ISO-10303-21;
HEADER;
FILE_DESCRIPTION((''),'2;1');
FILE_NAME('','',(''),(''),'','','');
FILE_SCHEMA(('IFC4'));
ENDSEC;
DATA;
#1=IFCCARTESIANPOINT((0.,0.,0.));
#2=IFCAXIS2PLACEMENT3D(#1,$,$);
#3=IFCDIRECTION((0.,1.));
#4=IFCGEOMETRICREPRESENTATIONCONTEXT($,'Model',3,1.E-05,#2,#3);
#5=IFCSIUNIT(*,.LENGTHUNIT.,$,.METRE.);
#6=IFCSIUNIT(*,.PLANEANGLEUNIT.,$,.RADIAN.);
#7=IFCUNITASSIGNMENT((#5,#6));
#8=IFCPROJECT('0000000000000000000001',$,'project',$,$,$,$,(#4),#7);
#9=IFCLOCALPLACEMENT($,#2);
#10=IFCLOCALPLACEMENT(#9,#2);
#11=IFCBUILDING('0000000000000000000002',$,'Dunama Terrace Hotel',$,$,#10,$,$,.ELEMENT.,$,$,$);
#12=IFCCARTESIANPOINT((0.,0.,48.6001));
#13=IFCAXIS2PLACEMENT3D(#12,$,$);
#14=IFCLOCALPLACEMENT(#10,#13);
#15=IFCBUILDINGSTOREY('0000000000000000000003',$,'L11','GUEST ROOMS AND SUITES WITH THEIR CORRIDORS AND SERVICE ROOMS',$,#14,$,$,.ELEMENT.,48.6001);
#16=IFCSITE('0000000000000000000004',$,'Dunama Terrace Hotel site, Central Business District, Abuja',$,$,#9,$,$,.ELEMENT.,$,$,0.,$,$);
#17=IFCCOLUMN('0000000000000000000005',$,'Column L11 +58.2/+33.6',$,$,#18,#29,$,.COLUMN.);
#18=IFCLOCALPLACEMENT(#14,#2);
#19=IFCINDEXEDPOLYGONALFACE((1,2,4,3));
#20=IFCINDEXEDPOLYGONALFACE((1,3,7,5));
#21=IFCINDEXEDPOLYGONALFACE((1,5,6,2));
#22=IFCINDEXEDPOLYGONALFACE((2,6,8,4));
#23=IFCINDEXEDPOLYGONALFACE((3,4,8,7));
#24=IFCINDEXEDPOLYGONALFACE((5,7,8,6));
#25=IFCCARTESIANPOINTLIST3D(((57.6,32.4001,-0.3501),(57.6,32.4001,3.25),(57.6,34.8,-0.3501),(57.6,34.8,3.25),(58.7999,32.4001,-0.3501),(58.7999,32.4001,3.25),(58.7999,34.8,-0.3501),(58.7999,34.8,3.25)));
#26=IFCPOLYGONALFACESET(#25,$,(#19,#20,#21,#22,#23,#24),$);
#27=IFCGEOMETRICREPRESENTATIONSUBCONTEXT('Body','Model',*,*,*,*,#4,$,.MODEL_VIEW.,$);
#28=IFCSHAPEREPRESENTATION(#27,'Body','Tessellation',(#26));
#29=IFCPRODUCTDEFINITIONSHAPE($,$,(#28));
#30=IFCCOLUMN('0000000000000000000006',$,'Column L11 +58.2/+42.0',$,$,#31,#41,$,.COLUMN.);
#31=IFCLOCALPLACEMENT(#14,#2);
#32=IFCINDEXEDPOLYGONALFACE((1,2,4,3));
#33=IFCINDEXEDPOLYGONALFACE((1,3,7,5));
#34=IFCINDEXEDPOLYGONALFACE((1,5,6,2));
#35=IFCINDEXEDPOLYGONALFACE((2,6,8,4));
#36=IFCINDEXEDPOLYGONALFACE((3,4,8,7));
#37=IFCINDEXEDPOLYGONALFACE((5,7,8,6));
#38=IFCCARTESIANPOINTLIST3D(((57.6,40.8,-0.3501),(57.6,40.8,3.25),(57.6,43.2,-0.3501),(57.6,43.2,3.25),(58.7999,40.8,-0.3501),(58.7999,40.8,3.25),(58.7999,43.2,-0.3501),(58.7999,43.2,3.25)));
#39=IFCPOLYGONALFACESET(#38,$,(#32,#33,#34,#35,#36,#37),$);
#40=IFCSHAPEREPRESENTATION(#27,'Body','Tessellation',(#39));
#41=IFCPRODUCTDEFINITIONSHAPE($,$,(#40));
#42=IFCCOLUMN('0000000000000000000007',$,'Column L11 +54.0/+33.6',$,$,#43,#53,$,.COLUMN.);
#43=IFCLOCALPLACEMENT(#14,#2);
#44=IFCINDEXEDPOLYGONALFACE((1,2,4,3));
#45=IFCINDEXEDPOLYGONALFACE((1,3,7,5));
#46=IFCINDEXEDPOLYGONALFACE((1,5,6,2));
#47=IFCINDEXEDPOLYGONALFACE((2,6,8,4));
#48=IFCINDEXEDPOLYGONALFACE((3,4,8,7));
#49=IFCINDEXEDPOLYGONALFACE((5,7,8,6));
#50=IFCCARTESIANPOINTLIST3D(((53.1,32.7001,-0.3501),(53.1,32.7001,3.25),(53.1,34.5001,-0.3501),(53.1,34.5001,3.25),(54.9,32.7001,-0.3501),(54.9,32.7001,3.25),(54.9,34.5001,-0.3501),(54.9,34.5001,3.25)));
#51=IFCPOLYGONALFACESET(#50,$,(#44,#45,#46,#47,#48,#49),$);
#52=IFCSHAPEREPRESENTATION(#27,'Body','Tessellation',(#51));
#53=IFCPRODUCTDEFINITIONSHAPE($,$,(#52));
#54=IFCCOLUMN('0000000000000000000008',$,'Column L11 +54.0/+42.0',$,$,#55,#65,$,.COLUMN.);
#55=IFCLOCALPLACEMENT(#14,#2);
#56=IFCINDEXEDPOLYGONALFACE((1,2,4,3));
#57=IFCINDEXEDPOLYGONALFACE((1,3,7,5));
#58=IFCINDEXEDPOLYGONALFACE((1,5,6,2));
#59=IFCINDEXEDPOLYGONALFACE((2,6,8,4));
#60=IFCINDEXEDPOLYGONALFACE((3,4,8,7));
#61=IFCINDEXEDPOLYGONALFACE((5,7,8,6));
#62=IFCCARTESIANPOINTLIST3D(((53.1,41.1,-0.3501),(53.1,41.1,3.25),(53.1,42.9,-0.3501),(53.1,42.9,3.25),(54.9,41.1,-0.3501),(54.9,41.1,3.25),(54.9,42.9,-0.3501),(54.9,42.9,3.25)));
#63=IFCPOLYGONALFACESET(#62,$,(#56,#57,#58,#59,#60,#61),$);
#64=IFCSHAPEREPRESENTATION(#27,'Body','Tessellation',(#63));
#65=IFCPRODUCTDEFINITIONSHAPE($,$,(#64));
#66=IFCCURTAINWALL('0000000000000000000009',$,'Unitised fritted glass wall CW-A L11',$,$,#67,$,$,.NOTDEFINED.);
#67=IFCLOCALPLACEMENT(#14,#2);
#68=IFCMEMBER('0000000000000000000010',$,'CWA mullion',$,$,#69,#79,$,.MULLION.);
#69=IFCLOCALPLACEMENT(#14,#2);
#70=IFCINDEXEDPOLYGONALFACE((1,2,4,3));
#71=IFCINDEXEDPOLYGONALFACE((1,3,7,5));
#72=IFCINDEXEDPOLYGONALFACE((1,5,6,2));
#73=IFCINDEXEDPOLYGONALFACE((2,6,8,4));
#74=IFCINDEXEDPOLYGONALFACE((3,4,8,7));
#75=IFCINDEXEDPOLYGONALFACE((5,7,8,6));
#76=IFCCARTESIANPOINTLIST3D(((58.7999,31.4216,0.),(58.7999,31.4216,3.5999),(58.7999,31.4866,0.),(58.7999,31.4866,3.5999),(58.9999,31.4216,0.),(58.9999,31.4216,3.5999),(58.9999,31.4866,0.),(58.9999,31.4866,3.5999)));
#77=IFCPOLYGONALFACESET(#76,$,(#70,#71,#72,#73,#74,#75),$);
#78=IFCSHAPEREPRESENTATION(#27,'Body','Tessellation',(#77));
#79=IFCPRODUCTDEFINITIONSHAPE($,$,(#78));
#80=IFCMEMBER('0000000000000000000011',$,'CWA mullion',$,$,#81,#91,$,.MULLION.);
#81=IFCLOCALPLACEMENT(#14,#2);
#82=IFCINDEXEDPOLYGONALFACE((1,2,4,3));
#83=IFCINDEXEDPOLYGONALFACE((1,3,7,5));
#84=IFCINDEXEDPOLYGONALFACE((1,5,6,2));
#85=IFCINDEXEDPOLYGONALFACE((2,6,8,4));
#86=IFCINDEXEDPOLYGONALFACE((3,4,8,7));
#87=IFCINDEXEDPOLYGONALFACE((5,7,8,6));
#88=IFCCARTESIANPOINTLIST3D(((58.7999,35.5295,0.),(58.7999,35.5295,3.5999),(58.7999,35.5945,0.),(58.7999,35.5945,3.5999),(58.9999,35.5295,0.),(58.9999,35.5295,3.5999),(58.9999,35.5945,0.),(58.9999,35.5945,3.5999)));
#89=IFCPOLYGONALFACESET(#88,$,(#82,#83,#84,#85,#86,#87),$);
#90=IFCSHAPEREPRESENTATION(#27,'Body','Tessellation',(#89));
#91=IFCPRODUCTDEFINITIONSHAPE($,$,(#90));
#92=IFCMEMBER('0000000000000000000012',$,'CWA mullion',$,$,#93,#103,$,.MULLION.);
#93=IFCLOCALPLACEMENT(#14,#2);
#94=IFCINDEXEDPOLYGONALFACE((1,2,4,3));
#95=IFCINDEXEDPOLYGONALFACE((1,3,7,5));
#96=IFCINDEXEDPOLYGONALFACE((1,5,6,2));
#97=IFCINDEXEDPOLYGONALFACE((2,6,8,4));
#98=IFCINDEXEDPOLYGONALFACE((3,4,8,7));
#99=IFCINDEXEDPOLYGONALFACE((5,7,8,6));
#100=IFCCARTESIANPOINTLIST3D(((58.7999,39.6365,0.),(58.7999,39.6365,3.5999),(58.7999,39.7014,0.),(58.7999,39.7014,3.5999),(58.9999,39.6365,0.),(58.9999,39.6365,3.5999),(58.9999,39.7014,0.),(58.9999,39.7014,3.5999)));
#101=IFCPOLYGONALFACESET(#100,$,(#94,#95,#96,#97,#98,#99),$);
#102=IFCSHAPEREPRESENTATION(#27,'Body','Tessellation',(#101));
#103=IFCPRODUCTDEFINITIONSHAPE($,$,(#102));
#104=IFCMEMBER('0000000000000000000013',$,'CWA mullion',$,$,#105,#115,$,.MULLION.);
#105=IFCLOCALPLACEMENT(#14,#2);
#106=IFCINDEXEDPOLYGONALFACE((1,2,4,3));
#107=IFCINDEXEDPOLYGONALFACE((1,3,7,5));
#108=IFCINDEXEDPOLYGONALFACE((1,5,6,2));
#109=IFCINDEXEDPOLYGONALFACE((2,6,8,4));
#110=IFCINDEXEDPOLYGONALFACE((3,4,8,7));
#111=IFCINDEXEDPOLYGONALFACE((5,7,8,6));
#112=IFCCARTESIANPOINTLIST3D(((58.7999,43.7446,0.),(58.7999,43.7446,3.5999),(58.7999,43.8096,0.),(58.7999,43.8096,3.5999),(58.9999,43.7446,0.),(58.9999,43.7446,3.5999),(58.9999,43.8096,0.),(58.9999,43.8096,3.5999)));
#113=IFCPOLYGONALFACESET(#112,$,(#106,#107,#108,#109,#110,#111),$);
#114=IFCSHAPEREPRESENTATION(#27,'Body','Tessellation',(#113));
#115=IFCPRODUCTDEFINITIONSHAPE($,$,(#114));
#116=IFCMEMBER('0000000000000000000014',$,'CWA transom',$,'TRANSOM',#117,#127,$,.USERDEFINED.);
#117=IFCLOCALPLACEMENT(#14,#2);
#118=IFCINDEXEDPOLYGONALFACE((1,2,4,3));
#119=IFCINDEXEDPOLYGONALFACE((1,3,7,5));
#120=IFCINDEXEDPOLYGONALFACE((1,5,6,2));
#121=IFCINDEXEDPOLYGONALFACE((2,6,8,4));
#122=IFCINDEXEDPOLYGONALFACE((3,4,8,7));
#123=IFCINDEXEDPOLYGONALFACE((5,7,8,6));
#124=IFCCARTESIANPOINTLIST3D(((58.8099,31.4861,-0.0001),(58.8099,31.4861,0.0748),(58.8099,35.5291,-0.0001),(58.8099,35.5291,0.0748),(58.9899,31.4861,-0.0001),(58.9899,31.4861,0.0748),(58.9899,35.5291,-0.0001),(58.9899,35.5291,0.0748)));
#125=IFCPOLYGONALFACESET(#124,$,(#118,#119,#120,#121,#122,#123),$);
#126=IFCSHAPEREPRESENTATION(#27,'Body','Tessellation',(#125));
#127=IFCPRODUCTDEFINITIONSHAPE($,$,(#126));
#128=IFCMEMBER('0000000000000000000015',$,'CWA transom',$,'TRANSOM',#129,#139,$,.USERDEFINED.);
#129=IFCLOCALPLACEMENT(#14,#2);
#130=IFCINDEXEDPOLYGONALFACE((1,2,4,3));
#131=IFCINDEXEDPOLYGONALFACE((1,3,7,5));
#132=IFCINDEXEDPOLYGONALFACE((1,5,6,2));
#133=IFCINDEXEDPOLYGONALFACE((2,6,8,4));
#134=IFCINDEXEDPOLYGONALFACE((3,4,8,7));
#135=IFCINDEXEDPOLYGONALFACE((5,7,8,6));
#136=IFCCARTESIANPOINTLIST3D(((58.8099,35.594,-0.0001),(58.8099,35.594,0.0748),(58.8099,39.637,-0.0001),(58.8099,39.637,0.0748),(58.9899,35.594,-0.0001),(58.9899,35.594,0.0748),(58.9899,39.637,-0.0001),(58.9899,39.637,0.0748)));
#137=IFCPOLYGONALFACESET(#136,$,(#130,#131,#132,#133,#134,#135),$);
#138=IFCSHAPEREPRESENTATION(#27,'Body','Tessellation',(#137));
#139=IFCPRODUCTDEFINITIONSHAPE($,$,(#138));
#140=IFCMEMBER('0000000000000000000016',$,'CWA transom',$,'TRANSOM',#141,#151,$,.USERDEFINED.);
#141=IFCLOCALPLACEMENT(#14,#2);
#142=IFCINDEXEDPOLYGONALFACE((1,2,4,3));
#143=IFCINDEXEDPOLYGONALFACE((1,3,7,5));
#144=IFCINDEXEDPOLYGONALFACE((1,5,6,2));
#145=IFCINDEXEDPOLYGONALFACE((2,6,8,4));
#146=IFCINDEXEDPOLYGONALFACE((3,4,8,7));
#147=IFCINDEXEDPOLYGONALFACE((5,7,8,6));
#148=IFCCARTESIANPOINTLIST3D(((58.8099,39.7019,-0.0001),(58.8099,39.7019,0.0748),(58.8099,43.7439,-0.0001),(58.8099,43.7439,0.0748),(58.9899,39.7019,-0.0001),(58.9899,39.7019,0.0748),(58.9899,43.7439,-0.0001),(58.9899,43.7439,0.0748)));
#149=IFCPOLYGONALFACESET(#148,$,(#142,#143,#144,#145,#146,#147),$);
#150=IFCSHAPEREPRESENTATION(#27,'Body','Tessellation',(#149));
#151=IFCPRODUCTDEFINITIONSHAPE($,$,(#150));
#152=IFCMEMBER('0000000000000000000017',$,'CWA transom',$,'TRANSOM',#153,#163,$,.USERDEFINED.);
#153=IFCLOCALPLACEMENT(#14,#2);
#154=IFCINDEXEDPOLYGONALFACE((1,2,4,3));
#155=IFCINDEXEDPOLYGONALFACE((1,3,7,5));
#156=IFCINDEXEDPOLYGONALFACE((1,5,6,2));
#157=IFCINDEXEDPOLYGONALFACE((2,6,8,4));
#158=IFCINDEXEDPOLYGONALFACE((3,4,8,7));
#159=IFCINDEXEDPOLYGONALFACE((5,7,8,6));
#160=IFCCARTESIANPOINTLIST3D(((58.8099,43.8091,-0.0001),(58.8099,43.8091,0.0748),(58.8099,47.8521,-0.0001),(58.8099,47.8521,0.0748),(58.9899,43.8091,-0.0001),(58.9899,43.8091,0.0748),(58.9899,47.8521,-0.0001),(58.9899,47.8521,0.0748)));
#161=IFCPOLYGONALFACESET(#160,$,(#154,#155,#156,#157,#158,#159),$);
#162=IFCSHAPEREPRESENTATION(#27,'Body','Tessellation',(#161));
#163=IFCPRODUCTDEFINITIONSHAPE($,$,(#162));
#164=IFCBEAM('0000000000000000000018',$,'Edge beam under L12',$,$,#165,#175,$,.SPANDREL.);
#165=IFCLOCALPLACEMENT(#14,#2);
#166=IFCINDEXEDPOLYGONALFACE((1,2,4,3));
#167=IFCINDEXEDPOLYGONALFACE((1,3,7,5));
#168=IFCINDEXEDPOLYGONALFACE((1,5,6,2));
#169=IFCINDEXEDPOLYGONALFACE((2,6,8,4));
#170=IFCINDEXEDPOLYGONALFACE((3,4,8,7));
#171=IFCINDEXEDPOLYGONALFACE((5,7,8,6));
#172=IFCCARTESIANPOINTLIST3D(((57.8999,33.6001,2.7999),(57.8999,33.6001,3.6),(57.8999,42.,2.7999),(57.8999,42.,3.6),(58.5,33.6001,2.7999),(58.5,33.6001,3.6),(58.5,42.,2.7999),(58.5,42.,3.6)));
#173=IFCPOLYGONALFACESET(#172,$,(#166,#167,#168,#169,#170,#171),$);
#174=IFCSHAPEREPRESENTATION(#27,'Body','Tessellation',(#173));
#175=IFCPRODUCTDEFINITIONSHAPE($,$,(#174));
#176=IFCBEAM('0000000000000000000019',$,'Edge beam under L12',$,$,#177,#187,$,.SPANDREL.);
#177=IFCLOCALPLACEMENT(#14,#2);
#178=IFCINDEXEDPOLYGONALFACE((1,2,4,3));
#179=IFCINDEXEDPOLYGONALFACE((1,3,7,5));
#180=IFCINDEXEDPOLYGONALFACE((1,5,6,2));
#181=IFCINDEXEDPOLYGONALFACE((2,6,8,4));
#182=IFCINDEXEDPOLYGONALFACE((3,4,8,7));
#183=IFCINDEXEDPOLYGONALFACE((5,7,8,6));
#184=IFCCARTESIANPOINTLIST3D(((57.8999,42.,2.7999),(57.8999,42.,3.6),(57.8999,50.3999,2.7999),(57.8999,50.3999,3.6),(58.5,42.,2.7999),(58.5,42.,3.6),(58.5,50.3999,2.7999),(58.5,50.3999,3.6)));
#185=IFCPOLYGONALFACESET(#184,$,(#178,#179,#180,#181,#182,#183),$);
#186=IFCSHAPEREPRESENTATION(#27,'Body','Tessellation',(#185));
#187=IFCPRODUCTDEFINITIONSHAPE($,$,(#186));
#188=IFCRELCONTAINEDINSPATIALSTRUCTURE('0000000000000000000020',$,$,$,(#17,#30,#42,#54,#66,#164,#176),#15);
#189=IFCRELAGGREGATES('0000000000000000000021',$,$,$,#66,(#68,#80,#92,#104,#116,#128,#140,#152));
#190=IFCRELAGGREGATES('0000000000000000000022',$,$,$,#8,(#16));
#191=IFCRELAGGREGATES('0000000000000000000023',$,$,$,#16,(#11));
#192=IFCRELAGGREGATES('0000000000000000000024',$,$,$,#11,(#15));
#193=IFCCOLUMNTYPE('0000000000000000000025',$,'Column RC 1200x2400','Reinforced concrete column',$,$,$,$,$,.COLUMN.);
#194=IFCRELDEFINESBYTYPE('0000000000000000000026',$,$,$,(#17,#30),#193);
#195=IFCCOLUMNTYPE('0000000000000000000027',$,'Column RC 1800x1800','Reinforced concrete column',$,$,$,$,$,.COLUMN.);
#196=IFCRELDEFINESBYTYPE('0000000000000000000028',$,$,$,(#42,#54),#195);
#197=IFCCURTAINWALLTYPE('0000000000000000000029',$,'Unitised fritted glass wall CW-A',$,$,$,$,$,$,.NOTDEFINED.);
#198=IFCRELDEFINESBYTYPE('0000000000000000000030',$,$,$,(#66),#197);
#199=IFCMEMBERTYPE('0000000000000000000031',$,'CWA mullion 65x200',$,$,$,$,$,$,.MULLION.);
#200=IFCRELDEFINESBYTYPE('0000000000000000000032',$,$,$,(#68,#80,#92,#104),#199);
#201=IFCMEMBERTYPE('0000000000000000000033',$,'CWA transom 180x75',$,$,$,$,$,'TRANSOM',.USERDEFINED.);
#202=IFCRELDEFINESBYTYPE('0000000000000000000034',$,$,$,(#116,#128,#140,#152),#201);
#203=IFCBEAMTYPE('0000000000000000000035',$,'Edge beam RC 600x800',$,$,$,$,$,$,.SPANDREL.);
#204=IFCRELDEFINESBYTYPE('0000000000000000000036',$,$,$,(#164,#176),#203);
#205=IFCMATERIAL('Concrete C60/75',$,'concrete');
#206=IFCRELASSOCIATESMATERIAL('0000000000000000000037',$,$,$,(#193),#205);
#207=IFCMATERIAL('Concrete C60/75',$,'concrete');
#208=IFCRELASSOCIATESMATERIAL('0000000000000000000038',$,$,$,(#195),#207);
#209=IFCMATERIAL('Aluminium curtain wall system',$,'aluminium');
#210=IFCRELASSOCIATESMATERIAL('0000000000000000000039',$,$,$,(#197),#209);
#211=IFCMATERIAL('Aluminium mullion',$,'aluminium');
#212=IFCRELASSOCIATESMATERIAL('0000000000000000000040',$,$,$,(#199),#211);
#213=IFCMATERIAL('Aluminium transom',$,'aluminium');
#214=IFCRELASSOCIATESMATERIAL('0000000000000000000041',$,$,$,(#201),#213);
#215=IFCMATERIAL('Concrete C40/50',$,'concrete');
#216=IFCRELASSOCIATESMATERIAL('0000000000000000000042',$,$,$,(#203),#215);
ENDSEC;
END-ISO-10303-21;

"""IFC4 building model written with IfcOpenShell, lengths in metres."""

from ifc_helpers import new_model, si_unit, direction, frame, origin, origin_2d, place, context, subcontext, project, spatial, rectangle, extrude, material, material_profile, profile_set, type_object, element, aggregate, save


model = new_model("IFC4")

# Units and contexts
model_context = context("Model", 3, precision=1e-05, world=origin(), true_north=direction((0.0, 1.0)))
body_context = subcontext(model_context, "Body", "Model", "MODEL_VIEW")
ifc_project = project(units=[si_unit("LENGTHUNIT", "METRE"), si_unit("PLANEANGLEUNIT", "RADIAN")], contexts=[model_context])

# Site, building, storey
site_placement = place(None, origin())
site = spatial("IfcSite", under=ifc_project, at=site_placement, Name="Dunama Terrace Hotel site, Central Business District, Abuja", CompositionType="ELEMENT", RefElevation=0.0)
building_placement = place(site_placement, origin())
building = spatial("IfcBuilding", under=site, at=building_placement, Name="Dunama Terrace Hotel", CompositionType="ELEMENT")
storey_placement = place(building_placement, frame((0.0, 0.0, 48.6001)))
storey = spatial("IfcBuildingStorey", under=building, at=storey_placement, Name="L11", Description="GUEST ROOMS AND SUITES WITH THEIR CORRIDORS AND SERVICE ROOMS", CompositionType="ELEMENT", Elevation=48.6001)

# Columns
ifc_material_1 = material(Name="Concrete C60/75", Category="concrete")
ifc_material_profile_1 = material_profile(ifc_material_1, rectangle(XDim=1.2, YDim=2.3999, at=origin_2d()), Name="RC 1200x2400")
ifc_profile_set_1 = profile_set([ifc_material_profile_1], Name="Concrete C60/75")
column_type_1 = type_object("IfcColumnType", Name="Column RC 1200x2400", Description="Reinforced concrete column", PredefinedType="COLUMN", material=ifc_profile_set_1)
for number, where, z_axis, x_axis, name in (
    (1, (58.2, 33.6001, -0.3501), (0.0, 0.0, 1.0), (1.0, 0.0, 0.0), "Column L11 +58.2/+33.6"),
    (2, (58.2, 42.0, -0.3501), (0.0, 0.0, 1.0), (1.0, 0.0, 0.0), "Column L11 +58.2/+42.0"),
):
    element("IfcColumn", number, at=place(storey_placement, frame(where, z_axis=z_axis, x_axis=x_axis)), inside=storey, type_object=column_type_1, Name=name, PredefinedType="COLUMN", context=body_context, shape_type="SweptSolid", body=[
        extrude(rectangle(XDim=1.2, YDim=2.3999, at=origin_2d()), origin(), (0.0, 0.0, 1.0), 3.6001),
    ])
ifc_material_2 = material(Name="Concrete C60/75", Category="concrete")
ifc_material_profile_2 = material_profile(ifc_material_2, rectangle(XDim=1.8, YDim=1.8, at=origin_2d()), Name="RC 1800x1800")
ifc_profile_set_2 = profile_set([ifc_material_profile_2], Name="Concrete C60/75")
column_type_2 = type_object("IfcColumnType", Name="Column RC 1800x1800", Description="Reinforced concrete column", PredefinedType="COLUMN", material=ifc_profile_set_2)
for number, where, z_axis, x_axis, name in (
    (3, (54.0, 33.6001, -0.3501), (0.0, 0.0, 1.0), (1.0, 0.0, 0.0), "Column L11 +54.0/+33.6"),
    (4, (54.0, 42.0, -0.3501), (0.0, 0.0, 1.0), (1.0, 0.0, 0.0), "Column L11 +54.0/+42.0"),
):
    element("IfcColumn", number, at=place(storey_placement, frame(where, z_axis=z_axis, x_axis=x_axis)), inside=storey, type_object=column_type_2, Name=name, PredefinedType="COLUMN", context=body_context, shape_type="SweptSolid", body=[
        extrude(rectangle(XDim=1.8, YDim=1.8, at=origin_2d()), origin(), (0.0, 0.0, 1.0), 3.6001),
    ])

# Curtain wall, members
ifc_material_3 = material(Name="Aluminium curtain wall system", Category="aluminium")
curtain_wall_type = type_object("IfcCurtainWallType", Name="Unitised fritted glass wall CW-A", PredefinedType="NOTDEFINED", material=ifc_material_3)
curtain_wall_placement = place(storey_placement, origin())
curtain_wall = element("IfcCurtainWall", 5, at=curtain_wall_placement, inside=storey, type_object=curtain_wall_type, Name="Unitised fritted glass wall CW-A L11", PredefinedType="NOTDEFINED")
ifc_material_4 = material(Name="Aluminium mullion", Category="aluminium")
ifc_material_profile_3 = material_profile(ifc_material_4, rectangle(XDim=0.0649, YDim=0.2, at=origin_2d()), Name="CWA MULLION 65X200")
ifc_profile_set_3 = profile_set([ifc_material_profile_3], Name="Aluminium mullion")
member_type_1 = type_object("IfcMemberType", Name="CWA mullion 65x200", PredefinedType="MULLION", material=ifc_profile_set_3)
member_1_placement = place(storey_placement, frame((58.8999, 31.4541, 0.0), z_axis=(0.0, 0.0, 1.0), x_axis=(0.0, 1.0, 0.0)))
member_1 = element("IfcMember", 6, at=member_1_placement, type_object=member_type_1, Name="CWA mullion", PredefinedType="MULLION", context=body_context, shape_type="SweptSolid", body=[
    extrude(rectangle(XDim=0.0649, YDim=0.2, at=origin_2d()), origin(), (0.0, 0.0, 1.0), 3.5999),
])
member_2_placement = place(storey_placement, frame((58.8999, 35.562, 0.0), z_axis=(0.0, 0.0, 1.0), x_axis=(0.0, 1.0, 0.0)))
member_2 = element("IfcMember", 7, at=member_2_placement, type_object=member_type_1, Name="CWA mullion", PredefinedType="MULLION", context=body_context, shape_type="SweptSolid", body=[
    extrude(rectangle(XDim=0.0649, YDim=0.2, at=origin_2d()), origin(), (0.0, 0.0, 1.0), 3.5999),
])
member_3_placement = place(storey_placement, frame((58.8999, 39.6689, 0.0), z_axis=(0.0, 0.0, 1.0), x_axis=(0.0, 1.0, 0.0)))
member_3 = element("IfcMember", 8, at=member_3_placement, type_object=member_type_1, Name="CWA mullion", PredefinedType="MULLION", context=body_context, shape_type="SweptSolid", body=[
    extrude(rectangle(XDim=0.0649, YDim=0.2, at=origin_2d()), origin(), (0.0, 0.0, 1.0), 3.5999),
])
member_4_placement = place(storey_placement, frame((58.8999, 43.7771, 0.0), z_axis=(0.0, 0.0, 1.0), x_axis=(0.0, 1.0, 0.0)))
member_4 = element("IfcMember", 9, at=member_4_placement, type_object=member_type_1, Name="CWA mullion", PredefinedType="MULLION", context=body_context, shape_type="SweptSolid", body=[
    extrude(rectangle(XDim=0.0649, YDim=0.2, at=origin_2d()), origin(), (0.0, 0.0, 1.0), 3.5999),
])
ifc_material_5 = material(Name="Aluminium transom", Category="aluminium")
ifc_material_profile_4 = material_profile(ifc_material_5, rectangle(XDim=0.1799, YDim=0.075, at=origin_2d()), Name="CWA TRANSOM 180X75")
ifc_profile_set_4 = profile_set([ifc_material_profile_4], Name="Aluminium transom")
member_type_2 = type_object("IfcMemberType", Name="CWA transom 180x75", ElementType="TRANSOM", PredefinedType="USERDEFINED", material=ifc_profile_set_4)
member_5_placement = place(storey_placement, frame((58.8999, 31.4861, 0.0374), z_axis=(0.0, 1.0, 0.0), x_axis=(-1.0, 0.0, 0.0)))
member_5 = element("IfcMember", 10, at=member_5_placement, type_object=member_type_2, Name="CWA transom", ObjectType="TRANSOM", PredefinedType="USERDEFINED", context=body_context, shape_type="SweptSolid", body=[
    extrude(rectangle(XDim=0.1799, YDim=0.075, at=origin_2d()), origin(), (0.0, 0.0, 1.0), 4.043),
])
member_6_placement = place(storey_placement, frame((58.8999, 35.594, 0.0374), z_axis=(0.0, 1.0, 0.0), x_axis=(-1.0, 0.0, 0.0)))
member_6 = element("IfcMember", 11, at=member_6_placement, type_object=member_type_2, Name="CWA transom", ObjectType="TRANSOM", PredefinedType="USERDEFINED", context=body_context, shape_type="SweptSolid", body=[
    extrude(rectangle(XDim=0.1799, YDim=0.075, at=origin_2d()), origin(), (0.0, 0.0, 1.0), 4.043),
])
member_7_placement = place(storey_placement, frame((58.8999, 39.7019, 0.0374), z_axis=(0.0, 1.0, 0.0), x_axis=(-1.0, 0.0, 0.0)))
member_7 = element("IfcMember", 12, at=member_7_placement, type_object=member_type_2, Name="CWA transom", ObjectType="TRANSOM", PredefinedType="USERDEFINED", context=body_context, shape_type="SweptSolid", body=[
    extrude(rectangle(XDim=0.1799, YDim=0.075, at=origin_2d()), origin(), (0.0, 0.0, 1.0), 4.042),
])
member_8_placement = place(storey_placement, frame((58.8999, 43.8091, 0.0374), z_axis=(0.0, 1.0, 0.0), x_axis=(-1.0, 0.0, 0.0)))
member_8 = element("IfcMember", 13, at=member_8_placement, type_object=member_type_2, Name="CWA transom", ObjectType="TRANSOM", PredefinedType="USERDEFINED", context=body_context, shape_type="SweptSolid", body=[
    extrude(rectangle(XDim=0.1799, YDim=0.075, at=origin_2d()), origin(), (0.0, 0.0, 1.0), 4.043),
])

# Beams
ifc_material_6 = material(Name="Concrete C40/50", Category="concrete")
ifc_material_profile_5 = material_profile(ifc_material_6, rectangle(XDim=0.6001, YDim=0.8, at=origin_2d()), Name="RC 600x800")
ifc_profile_set_5 = profile_set([ifc_material_profile_5], Name="Concrete C40/50")
beam_type = type_object("IfcBeamType", Name="Edge beam RC 600x800", PredefinedType="SPANDREL", material=ifc_profile_set_5)
for number, where, z_axis, x_axis, name in (
    (14, (58.2, 33.6001, 3.2), (0.0, 1.0, 0.0), (-1.0, 0.0, 0.0), "Edge beam under L12"),
    (15, (58.2, 42.0, 3.2), (0.0, 1.0, 0.0), (-1.0, 0.0, 0.0), "Edge beam under L12"),
):
    element("IfcBeam", number, at=place(storey_placement, frame(where, z_axis=z_axis, x_axis=x_axis)), inside=storey, type_object=beam_type, Name=name, PredefinedType="SPANDREL", context=body_context, shape_type="SweptSolid", body=[
        extrude(rectangle(XDim=0.6001, YDim=0.8, at=origin_2d()), origin(), (0.0, 0.0, 1.0), 8.3999),
    ])

aggregate(curtain_wall, [member_1, member_2, member_3, member_4, member_5, member_6, member_7, member_8])

save(model, "model.ifc")
